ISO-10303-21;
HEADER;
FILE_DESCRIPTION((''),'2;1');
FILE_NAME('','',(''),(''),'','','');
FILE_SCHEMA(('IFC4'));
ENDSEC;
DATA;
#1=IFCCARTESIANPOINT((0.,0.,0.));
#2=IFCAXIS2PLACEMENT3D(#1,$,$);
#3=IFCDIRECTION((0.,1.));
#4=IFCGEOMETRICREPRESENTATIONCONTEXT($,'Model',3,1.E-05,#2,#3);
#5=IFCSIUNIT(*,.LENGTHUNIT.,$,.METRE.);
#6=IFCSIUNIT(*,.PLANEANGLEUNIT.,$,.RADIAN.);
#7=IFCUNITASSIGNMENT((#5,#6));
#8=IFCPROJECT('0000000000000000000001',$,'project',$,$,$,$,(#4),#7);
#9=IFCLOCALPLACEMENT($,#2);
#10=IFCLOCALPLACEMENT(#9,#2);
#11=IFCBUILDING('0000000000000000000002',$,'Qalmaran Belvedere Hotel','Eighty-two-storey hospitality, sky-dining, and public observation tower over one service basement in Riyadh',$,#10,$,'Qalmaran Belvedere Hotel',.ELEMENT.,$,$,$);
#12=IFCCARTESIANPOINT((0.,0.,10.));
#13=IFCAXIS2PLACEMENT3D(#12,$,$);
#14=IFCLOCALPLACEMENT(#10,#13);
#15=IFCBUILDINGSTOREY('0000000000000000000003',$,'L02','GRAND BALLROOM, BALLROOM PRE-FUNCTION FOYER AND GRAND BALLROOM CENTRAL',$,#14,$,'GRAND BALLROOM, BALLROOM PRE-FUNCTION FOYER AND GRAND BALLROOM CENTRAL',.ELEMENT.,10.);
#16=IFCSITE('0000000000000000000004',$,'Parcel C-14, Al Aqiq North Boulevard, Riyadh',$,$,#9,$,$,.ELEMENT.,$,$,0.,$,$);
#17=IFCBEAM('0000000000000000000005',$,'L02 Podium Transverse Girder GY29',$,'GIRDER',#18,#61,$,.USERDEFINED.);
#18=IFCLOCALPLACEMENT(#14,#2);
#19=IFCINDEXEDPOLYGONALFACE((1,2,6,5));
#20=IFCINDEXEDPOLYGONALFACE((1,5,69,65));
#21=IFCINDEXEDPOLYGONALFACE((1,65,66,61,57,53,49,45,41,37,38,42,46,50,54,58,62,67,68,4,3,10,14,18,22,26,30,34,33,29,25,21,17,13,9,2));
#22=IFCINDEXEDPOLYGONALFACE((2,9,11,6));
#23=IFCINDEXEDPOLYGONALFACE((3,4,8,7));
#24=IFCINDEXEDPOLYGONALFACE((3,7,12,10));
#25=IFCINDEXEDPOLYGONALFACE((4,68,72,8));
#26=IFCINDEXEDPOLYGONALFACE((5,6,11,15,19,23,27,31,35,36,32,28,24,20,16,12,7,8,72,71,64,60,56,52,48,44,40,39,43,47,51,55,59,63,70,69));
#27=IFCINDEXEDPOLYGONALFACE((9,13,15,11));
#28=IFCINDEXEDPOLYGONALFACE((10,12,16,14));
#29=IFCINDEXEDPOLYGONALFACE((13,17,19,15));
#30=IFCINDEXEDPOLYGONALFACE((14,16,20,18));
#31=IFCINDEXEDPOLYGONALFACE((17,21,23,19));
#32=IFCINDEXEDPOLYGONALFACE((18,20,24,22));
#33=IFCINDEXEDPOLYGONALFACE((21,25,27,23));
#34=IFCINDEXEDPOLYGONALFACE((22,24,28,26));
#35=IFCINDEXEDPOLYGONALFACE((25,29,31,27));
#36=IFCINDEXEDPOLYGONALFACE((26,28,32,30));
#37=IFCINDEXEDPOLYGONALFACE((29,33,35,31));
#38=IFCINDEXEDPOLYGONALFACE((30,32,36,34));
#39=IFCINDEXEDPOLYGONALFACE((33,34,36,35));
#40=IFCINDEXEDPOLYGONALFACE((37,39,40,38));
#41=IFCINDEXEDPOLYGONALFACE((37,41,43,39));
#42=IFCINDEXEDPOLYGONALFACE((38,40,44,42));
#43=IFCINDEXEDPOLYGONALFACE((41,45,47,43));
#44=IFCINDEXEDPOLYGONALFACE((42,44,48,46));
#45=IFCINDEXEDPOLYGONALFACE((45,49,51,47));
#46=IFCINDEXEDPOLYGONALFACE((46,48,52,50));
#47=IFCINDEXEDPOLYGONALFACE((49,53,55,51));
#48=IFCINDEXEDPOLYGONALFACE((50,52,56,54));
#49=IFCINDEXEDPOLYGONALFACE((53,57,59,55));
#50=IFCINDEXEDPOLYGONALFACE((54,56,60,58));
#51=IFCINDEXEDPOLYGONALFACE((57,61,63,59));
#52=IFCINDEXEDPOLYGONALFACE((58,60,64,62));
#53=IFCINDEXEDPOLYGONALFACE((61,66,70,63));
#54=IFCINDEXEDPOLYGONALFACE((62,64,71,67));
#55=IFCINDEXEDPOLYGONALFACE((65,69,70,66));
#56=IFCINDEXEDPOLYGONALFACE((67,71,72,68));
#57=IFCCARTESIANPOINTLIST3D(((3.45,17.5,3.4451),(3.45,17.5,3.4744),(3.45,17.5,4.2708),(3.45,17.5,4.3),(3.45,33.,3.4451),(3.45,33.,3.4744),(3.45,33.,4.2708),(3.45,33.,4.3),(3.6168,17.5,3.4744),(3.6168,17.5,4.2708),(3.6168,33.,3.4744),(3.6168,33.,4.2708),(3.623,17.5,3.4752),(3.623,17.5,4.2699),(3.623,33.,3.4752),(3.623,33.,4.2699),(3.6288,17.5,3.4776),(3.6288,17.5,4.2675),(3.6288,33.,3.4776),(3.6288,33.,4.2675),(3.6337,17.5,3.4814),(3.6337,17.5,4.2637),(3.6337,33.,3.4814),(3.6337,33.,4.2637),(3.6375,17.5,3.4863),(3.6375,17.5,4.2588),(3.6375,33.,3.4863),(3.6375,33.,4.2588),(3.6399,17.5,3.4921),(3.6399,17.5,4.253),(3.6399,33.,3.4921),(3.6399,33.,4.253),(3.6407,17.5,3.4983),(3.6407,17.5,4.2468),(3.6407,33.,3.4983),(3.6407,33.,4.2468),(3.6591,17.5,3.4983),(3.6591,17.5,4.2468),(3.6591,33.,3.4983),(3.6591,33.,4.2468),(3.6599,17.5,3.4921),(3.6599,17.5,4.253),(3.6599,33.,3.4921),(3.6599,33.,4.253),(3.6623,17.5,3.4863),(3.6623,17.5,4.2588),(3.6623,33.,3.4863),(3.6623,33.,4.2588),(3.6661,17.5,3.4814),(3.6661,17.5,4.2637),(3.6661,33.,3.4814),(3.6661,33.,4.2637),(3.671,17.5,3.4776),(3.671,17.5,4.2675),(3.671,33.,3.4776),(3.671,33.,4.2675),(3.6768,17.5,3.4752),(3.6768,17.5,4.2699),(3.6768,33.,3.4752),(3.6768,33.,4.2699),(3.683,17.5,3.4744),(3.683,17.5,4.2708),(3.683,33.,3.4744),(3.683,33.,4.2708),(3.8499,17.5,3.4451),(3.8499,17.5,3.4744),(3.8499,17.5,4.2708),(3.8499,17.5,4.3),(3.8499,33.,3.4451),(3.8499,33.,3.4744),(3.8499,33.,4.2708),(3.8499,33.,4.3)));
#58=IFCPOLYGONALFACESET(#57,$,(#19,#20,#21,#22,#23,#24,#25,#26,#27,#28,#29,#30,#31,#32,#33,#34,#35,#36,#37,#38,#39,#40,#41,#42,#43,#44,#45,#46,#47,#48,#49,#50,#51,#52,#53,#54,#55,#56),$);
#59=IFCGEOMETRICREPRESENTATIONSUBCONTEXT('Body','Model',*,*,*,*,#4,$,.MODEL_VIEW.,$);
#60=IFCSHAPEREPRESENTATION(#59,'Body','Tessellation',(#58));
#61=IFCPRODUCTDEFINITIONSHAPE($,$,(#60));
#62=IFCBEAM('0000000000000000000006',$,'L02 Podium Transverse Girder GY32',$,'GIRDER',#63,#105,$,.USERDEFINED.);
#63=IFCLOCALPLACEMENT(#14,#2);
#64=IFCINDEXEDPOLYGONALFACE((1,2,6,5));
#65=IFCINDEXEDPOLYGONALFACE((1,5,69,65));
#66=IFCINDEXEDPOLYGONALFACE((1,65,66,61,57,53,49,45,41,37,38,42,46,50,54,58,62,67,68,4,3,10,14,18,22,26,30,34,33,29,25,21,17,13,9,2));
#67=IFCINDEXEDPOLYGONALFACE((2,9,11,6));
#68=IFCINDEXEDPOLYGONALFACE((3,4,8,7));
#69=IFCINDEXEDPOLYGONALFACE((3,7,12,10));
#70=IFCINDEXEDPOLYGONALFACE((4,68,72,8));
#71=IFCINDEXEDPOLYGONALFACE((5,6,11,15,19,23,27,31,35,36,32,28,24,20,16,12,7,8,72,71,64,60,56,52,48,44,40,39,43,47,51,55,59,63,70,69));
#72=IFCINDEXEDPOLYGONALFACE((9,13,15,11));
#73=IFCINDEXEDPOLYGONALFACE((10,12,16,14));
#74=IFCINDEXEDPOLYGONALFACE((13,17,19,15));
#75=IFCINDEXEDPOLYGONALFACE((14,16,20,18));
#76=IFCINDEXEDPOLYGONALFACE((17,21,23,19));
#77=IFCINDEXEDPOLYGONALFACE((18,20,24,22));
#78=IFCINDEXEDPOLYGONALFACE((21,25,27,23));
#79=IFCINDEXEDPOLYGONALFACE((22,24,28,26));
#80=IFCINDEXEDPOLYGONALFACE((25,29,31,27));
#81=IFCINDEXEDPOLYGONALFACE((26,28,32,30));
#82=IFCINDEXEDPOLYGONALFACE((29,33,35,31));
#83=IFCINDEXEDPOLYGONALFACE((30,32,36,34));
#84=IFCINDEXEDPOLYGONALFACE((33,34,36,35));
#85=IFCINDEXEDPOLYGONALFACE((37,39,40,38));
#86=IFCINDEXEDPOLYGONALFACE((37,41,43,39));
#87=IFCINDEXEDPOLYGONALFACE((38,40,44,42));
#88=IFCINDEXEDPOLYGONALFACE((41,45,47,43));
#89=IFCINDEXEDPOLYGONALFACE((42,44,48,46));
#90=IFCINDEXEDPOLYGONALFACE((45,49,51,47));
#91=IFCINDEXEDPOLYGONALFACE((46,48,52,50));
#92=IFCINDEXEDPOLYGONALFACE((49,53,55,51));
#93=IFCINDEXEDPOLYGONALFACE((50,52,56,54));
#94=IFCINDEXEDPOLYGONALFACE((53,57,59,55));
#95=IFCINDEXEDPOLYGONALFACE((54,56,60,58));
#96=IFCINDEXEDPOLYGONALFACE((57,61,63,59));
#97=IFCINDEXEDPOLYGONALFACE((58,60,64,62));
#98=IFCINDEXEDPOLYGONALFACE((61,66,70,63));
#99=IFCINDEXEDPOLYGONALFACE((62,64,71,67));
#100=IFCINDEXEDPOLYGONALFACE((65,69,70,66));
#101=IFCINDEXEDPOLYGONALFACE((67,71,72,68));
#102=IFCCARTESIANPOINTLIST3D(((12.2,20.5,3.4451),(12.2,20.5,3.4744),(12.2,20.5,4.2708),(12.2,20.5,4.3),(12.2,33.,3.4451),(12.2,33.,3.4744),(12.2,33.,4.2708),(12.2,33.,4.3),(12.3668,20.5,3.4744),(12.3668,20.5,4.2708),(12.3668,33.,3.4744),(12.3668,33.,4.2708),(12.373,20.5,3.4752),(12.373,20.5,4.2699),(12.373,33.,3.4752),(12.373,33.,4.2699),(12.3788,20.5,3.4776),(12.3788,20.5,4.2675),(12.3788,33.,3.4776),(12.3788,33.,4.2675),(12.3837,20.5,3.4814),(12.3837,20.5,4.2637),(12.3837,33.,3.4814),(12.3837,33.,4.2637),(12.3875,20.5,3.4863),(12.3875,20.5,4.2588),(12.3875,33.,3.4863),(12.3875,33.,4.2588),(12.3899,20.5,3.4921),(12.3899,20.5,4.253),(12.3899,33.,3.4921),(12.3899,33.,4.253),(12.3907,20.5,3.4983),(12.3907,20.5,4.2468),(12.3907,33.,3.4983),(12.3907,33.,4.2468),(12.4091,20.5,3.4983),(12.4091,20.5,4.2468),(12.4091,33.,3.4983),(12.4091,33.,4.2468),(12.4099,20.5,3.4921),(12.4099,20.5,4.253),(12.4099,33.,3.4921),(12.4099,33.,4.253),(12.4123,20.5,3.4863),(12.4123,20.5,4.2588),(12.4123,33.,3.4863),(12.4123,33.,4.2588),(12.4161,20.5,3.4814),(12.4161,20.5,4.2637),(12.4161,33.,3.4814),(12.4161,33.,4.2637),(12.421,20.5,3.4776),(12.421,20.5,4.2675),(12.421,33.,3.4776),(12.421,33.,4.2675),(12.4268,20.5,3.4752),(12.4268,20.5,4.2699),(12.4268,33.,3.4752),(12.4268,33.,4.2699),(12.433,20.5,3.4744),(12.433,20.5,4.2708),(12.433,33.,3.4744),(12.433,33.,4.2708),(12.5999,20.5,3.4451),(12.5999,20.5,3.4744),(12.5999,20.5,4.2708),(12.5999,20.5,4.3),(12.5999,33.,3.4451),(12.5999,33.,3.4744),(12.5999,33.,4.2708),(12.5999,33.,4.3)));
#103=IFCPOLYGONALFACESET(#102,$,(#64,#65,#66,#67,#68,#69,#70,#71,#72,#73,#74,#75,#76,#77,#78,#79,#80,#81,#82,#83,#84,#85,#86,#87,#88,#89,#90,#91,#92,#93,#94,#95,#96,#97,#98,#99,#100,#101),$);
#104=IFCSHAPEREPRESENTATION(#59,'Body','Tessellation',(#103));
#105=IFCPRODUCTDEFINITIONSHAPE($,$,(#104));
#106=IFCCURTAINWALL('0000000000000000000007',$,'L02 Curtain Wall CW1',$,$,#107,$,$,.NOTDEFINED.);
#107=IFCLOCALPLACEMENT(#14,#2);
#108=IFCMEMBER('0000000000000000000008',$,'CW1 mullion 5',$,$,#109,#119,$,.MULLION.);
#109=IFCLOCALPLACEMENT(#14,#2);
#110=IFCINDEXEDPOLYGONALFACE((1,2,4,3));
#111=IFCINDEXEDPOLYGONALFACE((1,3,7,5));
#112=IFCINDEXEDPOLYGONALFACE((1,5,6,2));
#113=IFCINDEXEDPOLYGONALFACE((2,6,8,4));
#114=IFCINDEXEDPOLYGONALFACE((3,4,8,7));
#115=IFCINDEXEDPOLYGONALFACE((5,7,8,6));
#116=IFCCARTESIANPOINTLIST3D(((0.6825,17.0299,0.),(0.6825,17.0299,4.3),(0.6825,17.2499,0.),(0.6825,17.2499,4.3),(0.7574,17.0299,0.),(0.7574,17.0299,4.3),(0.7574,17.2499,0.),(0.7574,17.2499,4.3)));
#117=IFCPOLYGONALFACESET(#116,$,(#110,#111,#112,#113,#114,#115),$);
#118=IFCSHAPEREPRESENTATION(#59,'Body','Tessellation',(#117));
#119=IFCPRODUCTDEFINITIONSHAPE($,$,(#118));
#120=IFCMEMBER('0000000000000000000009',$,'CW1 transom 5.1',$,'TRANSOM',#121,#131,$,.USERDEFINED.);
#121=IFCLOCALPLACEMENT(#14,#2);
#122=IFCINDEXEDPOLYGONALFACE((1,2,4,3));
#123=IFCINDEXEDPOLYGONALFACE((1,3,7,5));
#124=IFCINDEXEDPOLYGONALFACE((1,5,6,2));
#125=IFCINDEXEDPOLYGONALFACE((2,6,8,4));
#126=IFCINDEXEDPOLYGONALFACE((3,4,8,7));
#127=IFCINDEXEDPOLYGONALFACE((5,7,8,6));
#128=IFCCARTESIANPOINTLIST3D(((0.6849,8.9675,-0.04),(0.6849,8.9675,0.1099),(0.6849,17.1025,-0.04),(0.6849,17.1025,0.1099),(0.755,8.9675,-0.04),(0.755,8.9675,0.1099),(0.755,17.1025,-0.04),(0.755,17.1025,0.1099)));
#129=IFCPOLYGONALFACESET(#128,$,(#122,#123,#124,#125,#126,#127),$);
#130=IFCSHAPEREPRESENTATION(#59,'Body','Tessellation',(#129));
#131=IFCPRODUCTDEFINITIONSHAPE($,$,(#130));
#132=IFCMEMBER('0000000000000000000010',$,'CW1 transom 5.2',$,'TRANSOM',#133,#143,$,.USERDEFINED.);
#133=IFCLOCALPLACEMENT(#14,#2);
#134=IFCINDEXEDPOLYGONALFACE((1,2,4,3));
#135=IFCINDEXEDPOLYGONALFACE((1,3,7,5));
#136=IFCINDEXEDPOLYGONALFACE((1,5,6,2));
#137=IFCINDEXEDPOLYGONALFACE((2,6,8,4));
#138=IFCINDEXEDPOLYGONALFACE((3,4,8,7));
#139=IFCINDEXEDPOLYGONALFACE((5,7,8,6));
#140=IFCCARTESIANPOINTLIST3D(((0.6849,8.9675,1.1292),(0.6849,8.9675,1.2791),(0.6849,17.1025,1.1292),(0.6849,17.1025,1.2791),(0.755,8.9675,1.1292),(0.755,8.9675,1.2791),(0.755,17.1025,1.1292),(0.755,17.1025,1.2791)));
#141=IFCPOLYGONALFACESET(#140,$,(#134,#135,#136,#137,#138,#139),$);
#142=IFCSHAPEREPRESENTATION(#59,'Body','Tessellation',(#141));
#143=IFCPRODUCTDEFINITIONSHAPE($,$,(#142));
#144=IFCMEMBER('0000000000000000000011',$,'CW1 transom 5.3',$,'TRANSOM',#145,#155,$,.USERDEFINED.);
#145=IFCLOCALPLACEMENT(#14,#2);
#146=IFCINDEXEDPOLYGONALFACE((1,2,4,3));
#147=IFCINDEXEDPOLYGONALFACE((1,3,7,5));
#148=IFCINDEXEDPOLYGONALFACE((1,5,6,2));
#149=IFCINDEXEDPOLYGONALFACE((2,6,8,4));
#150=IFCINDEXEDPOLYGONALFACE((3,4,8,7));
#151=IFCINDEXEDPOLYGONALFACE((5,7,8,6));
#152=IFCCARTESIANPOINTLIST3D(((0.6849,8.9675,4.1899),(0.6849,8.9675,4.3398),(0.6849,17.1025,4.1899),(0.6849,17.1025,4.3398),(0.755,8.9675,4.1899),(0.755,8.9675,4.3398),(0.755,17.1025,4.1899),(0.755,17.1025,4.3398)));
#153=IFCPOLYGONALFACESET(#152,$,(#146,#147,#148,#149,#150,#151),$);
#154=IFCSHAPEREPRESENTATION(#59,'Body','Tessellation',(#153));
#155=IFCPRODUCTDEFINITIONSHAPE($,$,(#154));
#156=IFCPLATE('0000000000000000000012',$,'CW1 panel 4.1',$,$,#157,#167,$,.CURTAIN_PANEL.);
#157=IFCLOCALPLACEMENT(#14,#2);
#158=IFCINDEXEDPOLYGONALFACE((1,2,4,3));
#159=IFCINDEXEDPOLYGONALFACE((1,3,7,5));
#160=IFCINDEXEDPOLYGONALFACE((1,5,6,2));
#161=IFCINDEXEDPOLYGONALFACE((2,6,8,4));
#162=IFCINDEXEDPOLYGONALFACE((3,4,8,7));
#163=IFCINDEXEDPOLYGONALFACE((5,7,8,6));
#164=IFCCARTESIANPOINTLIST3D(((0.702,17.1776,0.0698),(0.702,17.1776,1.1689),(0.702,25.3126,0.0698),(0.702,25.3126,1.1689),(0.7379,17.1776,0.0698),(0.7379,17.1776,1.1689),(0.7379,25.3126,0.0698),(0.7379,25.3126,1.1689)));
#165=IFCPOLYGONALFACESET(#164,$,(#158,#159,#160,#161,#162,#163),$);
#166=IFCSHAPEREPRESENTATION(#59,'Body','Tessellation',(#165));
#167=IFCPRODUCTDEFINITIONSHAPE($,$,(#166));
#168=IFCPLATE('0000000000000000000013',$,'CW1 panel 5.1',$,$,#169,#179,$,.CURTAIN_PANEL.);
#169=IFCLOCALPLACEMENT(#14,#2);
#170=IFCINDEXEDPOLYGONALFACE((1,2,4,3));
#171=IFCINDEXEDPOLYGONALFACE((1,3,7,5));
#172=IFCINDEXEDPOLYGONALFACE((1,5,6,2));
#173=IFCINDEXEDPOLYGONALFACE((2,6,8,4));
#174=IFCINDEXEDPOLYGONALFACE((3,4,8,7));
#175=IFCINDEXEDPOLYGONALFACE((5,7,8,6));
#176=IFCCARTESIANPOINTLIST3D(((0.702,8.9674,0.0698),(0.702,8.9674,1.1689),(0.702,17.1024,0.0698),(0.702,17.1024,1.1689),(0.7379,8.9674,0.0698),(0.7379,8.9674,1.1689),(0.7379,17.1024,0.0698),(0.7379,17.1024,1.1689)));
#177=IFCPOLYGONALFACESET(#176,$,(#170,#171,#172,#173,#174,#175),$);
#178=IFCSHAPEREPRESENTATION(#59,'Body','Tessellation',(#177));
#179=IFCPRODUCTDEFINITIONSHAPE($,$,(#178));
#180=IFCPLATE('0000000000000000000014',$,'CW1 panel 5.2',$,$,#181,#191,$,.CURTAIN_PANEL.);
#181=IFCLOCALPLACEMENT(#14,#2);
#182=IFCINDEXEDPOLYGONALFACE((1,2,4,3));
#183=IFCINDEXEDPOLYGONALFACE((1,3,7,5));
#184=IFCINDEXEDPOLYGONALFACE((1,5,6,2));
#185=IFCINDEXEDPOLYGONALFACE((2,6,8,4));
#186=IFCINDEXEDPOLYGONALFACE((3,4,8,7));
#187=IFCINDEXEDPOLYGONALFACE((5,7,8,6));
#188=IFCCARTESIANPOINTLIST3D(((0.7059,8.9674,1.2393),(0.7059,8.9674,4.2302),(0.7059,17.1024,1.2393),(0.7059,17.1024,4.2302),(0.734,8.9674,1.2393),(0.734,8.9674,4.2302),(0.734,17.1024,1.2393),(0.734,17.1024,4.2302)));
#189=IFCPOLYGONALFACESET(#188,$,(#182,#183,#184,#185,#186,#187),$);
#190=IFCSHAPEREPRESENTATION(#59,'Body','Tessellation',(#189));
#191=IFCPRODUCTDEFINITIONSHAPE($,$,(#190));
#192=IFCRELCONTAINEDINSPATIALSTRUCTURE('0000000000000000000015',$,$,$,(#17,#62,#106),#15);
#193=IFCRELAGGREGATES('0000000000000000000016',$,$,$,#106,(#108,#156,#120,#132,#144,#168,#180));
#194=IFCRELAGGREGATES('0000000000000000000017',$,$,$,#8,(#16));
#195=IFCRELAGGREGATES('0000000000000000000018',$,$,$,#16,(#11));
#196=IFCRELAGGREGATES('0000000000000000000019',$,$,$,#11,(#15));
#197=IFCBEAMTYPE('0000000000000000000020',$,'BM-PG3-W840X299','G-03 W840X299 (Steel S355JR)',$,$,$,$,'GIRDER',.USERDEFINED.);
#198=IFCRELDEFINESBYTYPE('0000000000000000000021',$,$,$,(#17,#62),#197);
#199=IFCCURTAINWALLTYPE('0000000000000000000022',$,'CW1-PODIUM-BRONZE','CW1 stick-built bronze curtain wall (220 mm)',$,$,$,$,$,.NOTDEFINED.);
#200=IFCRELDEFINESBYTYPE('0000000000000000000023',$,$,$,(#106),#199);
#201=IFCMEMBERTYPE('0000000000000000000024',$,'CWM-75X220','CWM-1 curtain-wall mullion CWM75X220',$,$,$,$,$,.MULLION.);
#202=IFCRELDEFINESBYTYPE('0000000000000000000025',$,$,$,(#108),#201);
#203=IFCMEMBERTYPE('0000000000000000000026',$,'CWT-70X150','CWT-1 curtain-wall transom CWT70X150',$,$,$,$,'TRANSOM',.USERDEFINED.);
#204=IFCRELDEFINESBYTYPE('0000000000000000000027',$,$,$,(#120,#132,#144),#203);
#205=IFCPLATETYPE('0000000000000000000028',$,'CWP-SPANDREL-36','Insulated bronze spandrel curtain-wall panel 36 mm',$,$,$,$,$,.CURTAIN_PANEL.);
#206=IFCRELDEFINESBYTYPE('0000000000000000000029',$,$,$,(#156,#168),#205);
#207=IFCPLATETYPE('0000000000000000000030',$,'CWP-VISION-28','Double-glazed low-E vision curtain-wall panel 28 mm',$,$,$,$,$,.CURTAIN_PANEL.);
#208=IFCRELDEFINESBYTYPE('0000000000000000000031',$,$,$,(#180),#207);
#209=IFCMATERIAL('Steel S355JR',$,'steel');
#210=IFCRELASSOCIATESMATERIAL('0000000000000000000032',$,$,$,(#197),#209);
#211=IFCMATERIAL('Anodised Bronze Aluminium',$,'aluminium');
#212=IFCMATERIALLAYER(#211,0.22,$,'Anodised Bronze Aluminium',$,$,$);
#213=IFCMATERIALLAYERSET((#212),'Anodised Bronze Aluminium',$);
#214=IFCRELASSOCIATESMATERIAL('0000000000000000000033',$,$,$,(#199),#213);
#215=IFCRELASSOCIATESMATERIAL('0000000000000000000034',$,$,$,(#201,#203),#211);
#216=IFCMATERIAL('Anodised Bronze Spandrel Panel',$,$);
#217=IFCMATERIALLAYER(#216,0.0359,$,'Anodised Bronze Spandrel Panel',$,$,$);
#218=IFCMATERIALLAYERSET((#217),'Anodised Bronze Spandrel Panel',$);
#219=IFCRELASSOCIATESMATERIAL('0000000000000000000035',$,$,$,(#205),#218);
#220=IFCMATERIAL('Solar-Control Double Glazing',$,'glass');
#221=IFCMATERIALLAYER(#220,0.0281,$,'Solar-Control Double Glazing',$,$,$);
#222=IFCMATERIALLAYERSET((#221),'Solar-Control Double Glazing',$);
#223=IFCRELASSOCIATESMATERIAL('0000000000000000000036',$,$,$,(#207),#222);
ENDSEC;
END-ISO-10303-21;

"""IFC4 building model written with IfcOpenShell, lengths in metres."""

from ifc_helpers import new_model, si_unit, direction, frame, origin, origin_2d, place, context, subcontext, project, spatial, rectangle, i_section, extrude, material, layer, layer_set, material_profile, profile_set, type_object, element, aggregate, save


model = new_model("IFC4")

# Units and contexts
model_context = context("Model", 3, precision=1e-05, world=origin(), true_north=direction((0.0, 1.0)))
body_context = subcontext(model_context, "Body", "Model", "MODEL_VIEW")
ifc_project = project(units=[si_unit("LENGTHUNIT", "METRE"), si_unit("PLANEANGLEUNIT", "RADIAN")], contexts=[model_context])

# Site, building, storey
site_placement = place(None, origin())
site = spatial("IfcSite", under=ifc_project, at=site_placement, Name="Parcel C-14, Al Aqiq North Boulevard, Riyadh", CompositionType="ELEMENT", RefElevation=0.0)
building_placement = place(site_placement, origin())
building = spatial("IfcBuilding", under=site, at=building_placement, Name="Qalmaran Belvedere Hotel", Description="Eighty-two-storey hospitality, sky-dining, and public observation tower over one service basement in Riyadh", LongName="Qalmaran Belvedere Hotel", CompositionType="ELEMENT")
storey_placement = place(building_placement, frame((0.0, 0.0, 10.0)))
storey = spatial("IfcBuildingStorey", under=building, at=storey_placement, Name="L02", Description="GRAND BALLROOM, BALLROOM PRE-FUNCTION FOYER AND GRAND BALLROOM CENTRAL", LongName="GRAND BALLROOM, BALLROOM PRE-FUNCTION FOYER AND GRAND BALLROOM CENTRAL", CompositionType="ELEMENT", Elevation=10.0)

# Beams
ifc_material_1 = material(Name="Steel S355JR", Category="steel")
ifc_material_profile_1 = material_profile(ifc_material_1, i_section(OverallWidth=0.3999, OverallDepth=0.855, WebThickness=0.0183, FlangeThickness=0.0293, FilletRadius=0.0239, at=origin_2d()), Name="W840X299")
ifc_profile_set_1 = profile_set([ifc_material_profile_1], Name="Steel S355JR")
beam_type_1 = type_object("IfcBeamType", Name="BM-PG3-W840X299", Description="G-03 W840X299 (Steel S355JR)", ElementType="GIRDER", PredefinedType="USERDEFINED", material=ifc_profile_set_1)
beam_1_placement = place(storey_placement, frame((3.6499, 17.5, 3.8726), z_axis=(0.0, 1.0, 0.0), x_axis=(-1.0, 0.0, 0.0)))
element("IfcBeam", 1, at=beam_1_placement, inside=storey, type_object=beam_type_1, Name="L02 Podium Transverse Girder GY29", ObjectType="GIRDER", PredefinedType="USERDEFINED", context=body_context, shape_type="SweptSolid", body=[
    extrude(i_section(OverallWidth=0.3999, OverallDepth=0.855, WebThickness=0.0183, FlangeThickness=0.0293, FilletRadius=0.0239, at=origin_2d()), origin(), (0.0, 0.0, 1.0), 15.5),
])
beam_2_placement = place(storey_placement, frame((12.3999, 20.5, 3.8726), z_axis=(0.0, 1.0, 0.0), x_axis=(-1.0, 0.0, 0.0)))
element("IfcBeam", 2, at=beam_2_placement, inside=storey, type_object=beam_type_1, Name="L02 Podium Transverse Girder GY32", ObjectType="GIRDER", PredefinedType="USERDEFINED", context=body_context, shape_type="SweptSolid", body=[
    extrude(i_section(OverallWidth=0.3999, OverallDepth=0.855, WebThickness=0.0183, FlangeThickness=0.0293, FilletRadius=0.0239, at=origin_2d()), origin(), (0.0, 0.0, 1.0), 12.5),
])

# Curtain wall, members, plates
ifc_material_2 = material(Name="Anodised Bronze Aluminium", Category="aluminium")
ifc_layer_1 = layer(ifc_material_2, 0.22, Name="Anodised Bronze Aluminium")
ifc_layer_set_1 = layer_set([ifc_layer_1], Name="Anodised Bronze Aluminium")
curtain_wall_type = type_object("IfcCurtainWallType", Name="CW1-PODIUM-BRONZE", Description="CW1 stick-built bronze curtain wall (220 mm)", PredefinedType="NOTDEFINED", material=ifc_layer_set_1)
curtain_wall_placement = place(storey_placement, origin())
curtain_wall = element("IfcCurtainWall", 3, at=curtain_wall_placement, inside=storey, type_object=curtain_wall_type, Name="L02 Curtain Wall CW1", PredefinedType="NOTDEFINED")
ifc_material_profile_2 = material_profile(ifc_material_2, rectangle(XDim=0.075, YDim=0.22, at=origin_2d()), Name="CWM75X220")
ifc_profile_set_2 = profile_set([ifc_material_profile_2], Name="Anodised Bronze Aluminium")
member_type_1 = type_object("IfcMemberType", Name="CWM-75X220", Description="CWM-1 curtain-wall mullion CWM75X220", PredefinedType="MULLION", material=ifc_profile_set_2)
member_1_placement = place(storey_placement, frame((0.72, 17.1399, 0.0), z_axis=(0.0, 0.0, 1.0), x_axis=(1.0, 0.0, 0.0)))
member_1 = element("IfcMember", 4, at=member_1_placement, type_object=member_type_1, Name="CW1 mullion 5", PredefinedType="MULLION", context=body_context, shape_type="SweptSolid", body=[
    extrude(rectangle(XDim=0.075, YDim=0.22, at=origin_2d()), origin(), (0.0, 0.0, 1.0), 4.3),
])
ifc_material_profile_3 = material_profile(ifc_material_2, rectangle(XDim=0.0701, YDim=0.1499, at=origin_2d()), Name="CWT70X150")
ifc_profile_set_3 = profile_set([ifc_material_profile_3], Name="Anodised Bronze Aluminium")
member_type_2 = type_object("IfcMemberType", Name="CWT-70X150", Description="CWT-1 curtain-wall transom CWT70X150", ElementType="TRANSOM", PredefinedType="USERDEFINED", material=ifc_profile_set_3)
member_2_placement = place(storey_placement, frame((0.72, 17.1025, 0.0349), z_axis=(0.0, -1.0, 0.0), x_axis=(1.0, 0.0, 0.0)))
member_2 = element("IfcMember", 5, at=member_2_placement, type_object=member_type_2, Name="CW1 transom 5.1", ObjectType="TRANSOM", PredefinedType="USERDEFINED", context=body_context, shape_type="SweptSolid", body=[
    extrude(rectangle(XDim=0.0701, YDim=0.1499, at=origin_2d()), origin(), (0.0, 0.0, 1.0), 8.135),
])
member_3_placement = place(storey_placement, frame((0.72, 17.1025, 1.2041), z_axis=(0.0, -1.0, 0.0), x_axis=(1.0, 0.0, 0.0)))
member_3 = element("IfcMember", 6, at=member_3_placement, type_object=member_type_2, Name="CW1 transom 5.2", ObjectType="TRANSOM", PredefinedType="USERDEFINED", context=body_context, shape_type="SweptSolid", body=[
    extrude(rectangle(XDim=0.0701, YDim=0.1499, at=origin_2d()), origin(), (0.0, 0.0, 1.0), 8.135),
])
member_4_placement = place(storey_placement, frame((0.72, 17.1025, 4.2649), z_axis=(0.0, -1.0, 0.0), x_axis=(1.0, 0.0, 0.0)))
member_4 = element("IfcMember", 7, at=member_4_placement, type_object=member_type_2, Name="CW1 transom 5.3", ObjectType="TRANSOM", PredefinedType="USERDEFINED", context=body_context, shape_type="SweptSolid", body=[
    extrude(rectangle(XDim=0.0701, YDim=0.1499, at=origin_2d()), origin(), (0.0, 0.0, 1.0), 8.135),
])
ifc_material_3 = material(Name="Anodised Bronze Spandrel Panel")
ifc_layer_2 = layer(ifc_material_3, 0.0359, Name="Anodised Bronze Spandrel Panel")
ifc_layer_set_2 = layer_set([ifc_layer_2], Name="Anodised Bronze Spandrel Panel")
plate_type_1 = type_object("IfcPlateType", Name="CWP-SPANDREL-36", Description="Insulated bronze spandrel curtain-wall panel 36 mm", PredefinedType="CURTAIN_PANEL", material=ifc_layer_set_2)
plate_1_placement = place(storey_placement, frame((0.72, 21.2451, 0.0698), z_axis=(0.0, 0.0, 1.0), x_axis=(0.0, -1.0, 0.0)))
plate_1 = element("IfcPlate", 8, at=plate_1_placement, type_object=plate_type_1, Name="CW1 panel 4.1", PredefinedType="CURTAIN_PANEL", context=body_context, shape_type="SweptSolid", body=[
    extrude(rectangle(XDim=8.135, YDim=0.0359, at=origin_2d()), origin(), (0.0, 0.0, 1.0), 1.0991),
])
plate_2_placement = place(storey_placement, frame((0.72, 13.0349, 0.0698), z_axis=(0.0, 0.0, 1.0), x_axis=(0.0, -1.0, 0.0)))
plate_2 = element("IfcPlate", 9, at=plate_2_placement, type_object=plate_type_1, Name="CW1 panel 5.1", PredefinedType="CURTAIN_PANEL", context=body_context, shape_type="SweptSolid", body=[
    extrude(rectangle(XDim=8.135, YDim=0.0359, at=origin_2d()), origin(), (0.0, 0.0, 1.0), 1.0991),
])
ifc_material_4 = material(Name="Solar-Control Double Glazing", Category="glass")
ifc_layer_3 = layer(ifc_material_4, 0.0281, Name="Solar-Control Double Glazing")
ifc_layer_set_3 = layer_set([ifc_layer_3], Name="Solar-Control Double Glazing")
plate_type_2 = type_object("IfcPlateType", Name="CWP-VISION-28", Description="Double-glazed low-E vision curtain-wall panel 28 mm", PredefinedType="CURTAIN_PANEL", material=ifc_layer_set_3)
plate_3_placement = place(storey_placement, frame((0.72, 13.0349, 1.2393), z_axis=(0.0, 0.0, 1.0), x_axis=(0.0, -1.0, 0.0)))
plate_3 = element("IfcPlate", 10, at=plate_3_placement, type_object=plate_type_2, Name="CW1 panel 5.2", PredefinedType="CURTAIN_PANEL", context=body_context, shape_type="SweptSolid", body=[
    extrude(rectangle(XDim=8.135, YDim=0.0281, at=origin_2d()), origin(), (0.0, 0.0, 1.0), 2.991),
])
aggregate(curtain_wall, [member_1, plate_1, member_2, member_3, member_4, plate_2, plate_3])

save(model, "model.ifc")
